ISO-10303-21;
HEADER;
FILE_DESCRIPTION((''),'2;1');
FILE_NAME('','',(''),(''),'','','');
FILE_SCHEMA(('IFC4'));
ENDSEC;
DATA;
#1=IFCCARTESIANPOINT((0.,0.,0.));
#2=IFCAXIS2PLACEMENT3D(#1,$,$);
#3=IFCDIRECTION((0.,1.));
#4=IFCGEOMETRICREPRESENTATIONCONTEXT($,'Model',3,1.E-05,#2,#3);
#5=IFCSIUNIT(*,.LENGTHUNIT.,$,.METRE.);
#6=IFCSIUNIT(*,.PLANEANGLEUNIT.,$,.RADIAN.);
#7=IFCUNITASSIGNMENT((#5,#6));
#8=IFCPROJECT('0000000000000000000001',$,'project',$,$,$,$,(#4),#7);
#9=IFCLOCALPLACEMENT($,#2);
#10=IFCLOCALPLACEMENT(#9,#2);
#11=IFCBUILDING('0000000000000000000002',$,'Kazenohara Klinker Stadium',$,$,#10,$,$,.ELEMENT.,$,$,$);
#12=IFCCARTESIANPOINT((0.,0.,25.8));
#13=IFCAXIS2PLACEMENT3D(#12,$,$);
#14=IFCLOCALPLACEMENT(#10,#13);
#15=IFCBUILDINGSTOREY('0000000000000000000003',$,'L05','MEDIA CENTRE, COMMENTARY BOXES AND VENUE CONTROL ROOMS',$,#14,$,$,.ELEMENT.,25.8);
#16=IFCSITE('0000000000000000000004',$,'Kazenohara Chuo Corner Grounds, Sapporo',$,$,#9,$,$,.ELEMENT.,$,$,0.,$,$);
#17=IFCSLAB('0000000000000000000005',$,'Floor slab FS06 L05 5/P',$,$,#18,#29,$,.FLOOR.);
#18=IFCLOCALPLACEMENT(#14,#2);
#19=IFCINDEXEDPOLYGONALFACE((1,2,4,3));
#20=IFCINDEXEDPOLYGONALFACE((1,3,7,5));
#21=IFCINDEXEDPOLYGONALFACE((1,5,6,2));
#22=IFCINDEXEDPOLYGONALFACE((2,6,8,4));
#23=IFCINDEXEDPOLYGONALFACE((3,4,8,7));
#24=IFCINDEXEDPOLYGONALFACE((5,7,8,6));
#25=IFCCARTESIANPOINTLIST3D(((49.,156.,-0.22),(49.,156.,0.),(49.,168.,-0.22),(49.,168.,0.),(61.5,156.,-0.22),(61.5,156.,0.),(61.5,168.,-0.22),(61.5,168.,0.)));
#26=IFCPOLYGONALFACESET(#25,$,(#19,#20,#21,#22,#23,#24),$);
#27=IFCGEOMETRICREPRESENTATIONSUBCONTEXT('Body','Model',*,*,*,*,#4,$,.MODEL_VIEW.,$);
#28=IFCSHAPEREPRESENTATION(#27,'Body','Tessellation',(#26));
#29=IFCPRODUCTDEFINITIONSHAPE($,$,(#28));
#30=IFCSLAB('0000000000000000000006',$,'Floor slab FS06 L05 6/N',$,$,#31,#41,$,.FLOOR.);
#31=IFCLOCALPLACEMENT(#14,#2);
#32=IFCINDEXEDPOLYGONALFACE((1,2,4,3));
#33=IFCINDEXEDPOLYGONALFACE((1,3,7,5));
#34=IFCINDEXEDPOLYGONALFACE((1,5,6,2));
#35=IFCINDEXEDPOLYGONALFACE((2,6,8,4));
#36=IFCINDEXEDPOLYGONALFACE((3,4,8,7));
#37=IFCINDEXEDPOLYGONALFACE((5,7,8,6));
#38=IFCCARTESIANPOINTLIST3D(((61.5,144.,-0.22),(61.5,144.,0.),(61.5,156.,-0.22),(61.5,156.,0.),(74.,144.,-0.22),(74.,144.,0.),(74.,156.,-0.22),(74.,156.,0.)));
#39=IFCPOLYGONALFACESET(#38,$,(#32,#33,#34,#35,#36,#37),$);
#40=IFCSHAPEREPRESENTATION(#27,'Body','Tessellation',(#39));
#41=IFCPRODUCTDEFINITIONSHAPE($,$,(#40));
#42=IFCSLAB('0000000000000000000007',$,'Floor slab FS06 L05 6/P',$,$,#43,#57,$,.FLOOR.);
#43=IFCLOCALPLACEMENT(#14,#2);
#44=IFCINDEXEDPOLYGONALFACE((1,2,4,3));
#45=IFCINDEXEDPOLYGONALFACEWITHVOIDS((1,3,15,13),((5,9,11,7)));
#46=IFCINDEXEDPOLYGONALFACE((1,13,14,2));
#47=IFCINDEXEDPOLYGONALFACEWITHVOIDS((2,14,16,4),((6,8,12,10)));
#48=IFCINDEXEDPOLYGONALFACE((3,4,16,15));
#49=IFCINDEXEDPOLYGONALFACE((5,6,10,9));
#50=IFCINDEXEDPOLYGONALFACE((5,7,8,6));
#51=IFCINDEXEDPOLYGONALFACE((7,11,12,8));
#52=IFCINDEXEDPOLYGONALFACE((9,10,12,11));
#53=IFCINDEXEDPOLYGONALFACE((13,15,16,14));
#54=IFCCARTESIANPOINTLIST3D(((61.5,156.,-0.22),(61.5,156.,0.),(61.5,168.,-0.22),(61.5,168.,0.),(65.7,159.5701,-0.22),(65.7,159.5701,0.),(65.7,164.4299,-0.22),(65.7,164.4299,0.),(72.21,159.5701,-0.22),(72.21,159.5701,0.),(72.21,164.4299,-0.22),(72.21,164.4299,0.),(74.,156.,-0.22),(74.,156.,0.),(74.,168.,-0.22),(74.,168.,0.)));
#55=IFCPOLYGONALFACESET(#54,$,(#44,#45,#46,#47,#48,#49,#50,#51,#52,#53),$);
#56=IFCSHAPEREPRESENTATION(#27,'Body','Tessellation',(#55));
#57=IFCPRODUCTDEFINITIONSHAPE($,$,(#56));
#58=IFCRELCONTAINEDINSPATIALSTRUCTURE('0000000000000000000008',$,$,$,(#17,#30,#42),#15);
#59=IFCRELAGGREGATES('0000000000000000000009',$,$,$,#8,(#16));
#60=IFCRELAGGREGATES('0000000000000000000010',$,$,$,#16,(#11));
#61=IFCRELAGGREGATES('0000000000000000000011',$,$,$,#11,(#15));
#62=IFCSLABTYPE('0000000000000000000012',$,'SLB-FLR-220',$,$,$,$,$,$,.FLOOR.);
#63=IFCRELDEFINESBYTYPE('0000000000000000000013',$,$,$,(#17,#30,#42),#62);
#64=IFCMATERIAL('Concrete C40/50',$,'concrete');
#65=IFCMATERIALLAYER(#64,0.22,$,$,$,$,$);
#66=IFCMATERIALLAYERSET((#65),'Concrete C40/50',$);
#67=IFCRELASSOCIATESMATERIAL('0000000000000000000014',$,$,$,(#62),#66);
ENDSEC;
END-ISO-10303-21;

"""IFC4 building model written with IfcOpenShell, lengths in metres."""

from ifc_helpers import new_model, si_unit, direction, frame, origin, place, context, subcontext, project, spatial, polyline, outline, extrude, material, layer, layer_set, type_object, element, save


model = new_model("IFC4")

# Units and contexts
model_context = context("Model", 3, precision=1e-05, world=origin(), true_north=direction((0.0, 1.0)))
body_context = subcontext(model_context, "Body", "Model", "MODEL_VIEW")
ifc_project = project(units=[si_unit("LENGTHUNIT", "METRE"), si_unit("PLANEANGLEUNIT", "RADIAN")], contexts=[model_context])

# Site, building, storey
site_placement = place(None, origin())
site = spatial("IfcSite", under=ifc_project, at=site_placement, Name="Kazenohara Chuo Corner Grounds, Sapporo", CompositionType="ELEMENT", RefElevation=0.0)
building_placement = place(site_placement, origin())
building = spatial("IfcBuilding", under=site, at=building_placement, Name="Kazenohara Klinker Stadium", CompositionType="ELEMENT")
storey_placement = place(building_placement, frame((0.0, 0.0, 25.8)))
storey = spatial("IfcBuildingStorey", under=building, at=storey_placement, Name="L05", Description="MEDIA CENTRE, COMMENTARY BOXES AND VENUE CONTROL ROOMS", CompositionType="ELEMENT", Elevation=25.8)

# Slabs
ifc_material = material(Name="Concrete C40/50", Category="concrete")
ifc_layer = layer(ifc_material, 0.22)
ifc_layer_set = layer_set([ifc_layer], Name="Concrete C40/50")
slab_type = type_object("IfcSlabType", Name="SLB-FLR-220", PredefinedType="FLOOR", material=ifc_layer_set)
slab_1_placement = place(storey_placement, frame((0.0, 0.0, -0.22)))
element("IfcSlab", 1, at=slab_1_placement, inside=storey, type_object=slab_type, Name="Floor slab FS06 L05 5/P", PredefinedType="FLOOR", context=body_context, shape_type="SweptSolid", body=[
    extrude(outline(polyline([(49.0, 156.0), (61.5, 156.0), (61.5, 168.0), (49.0, 168.0), (49.0, 156.0)])), origin(), (0.0, 0.0, 1.0), 0.22),
])
slab_2_placement = place(storey_placement, frame((0.0, 0.0, -0.22)))
element("IfcSlab", 2, at=slab_2_placement, inside=storey, type_object=slab_type, Name="Floor slab FS06 L05 6/N", PredefinedType="FLOOR", context=body_context, shape_type="SweptSolid", body=[
    extrude(outline(polyline([(61.5, 144.0), (74.0, 144.0), (74.0, 156.0), (61.5, 156.0), (61.5, 144.0)])), origin(), (0.0, 0.0, 1.0), 0.22),
])
slab_3_placement = place(storey_placement, frame((0.0, 0.0, -0.22)))
element("IfcSlab", 3, at=slab_3_placement, inside=storey, type_object=slab_type, Name="Floor slab FS06 L05 6/P", PredefinedType="FLOOR", context=body_context, shape_type="SweptSolid", body=[
    extrude(outline(polyline([(61.5, 156.0), (74.0, 156.0), (74.0, 168.0), (61.5, 168.0), (61.5, 156.0)]), holes=[polyline([(65.7, 159.5701), (72.21, 159.5701), (72.21, 164.4299), (65.7, 164.4299), (65.7, 159.5701)])]), origin(), (0.0, 0.0, 1.0), 0.22),
])

save(model, "model.ifc")
